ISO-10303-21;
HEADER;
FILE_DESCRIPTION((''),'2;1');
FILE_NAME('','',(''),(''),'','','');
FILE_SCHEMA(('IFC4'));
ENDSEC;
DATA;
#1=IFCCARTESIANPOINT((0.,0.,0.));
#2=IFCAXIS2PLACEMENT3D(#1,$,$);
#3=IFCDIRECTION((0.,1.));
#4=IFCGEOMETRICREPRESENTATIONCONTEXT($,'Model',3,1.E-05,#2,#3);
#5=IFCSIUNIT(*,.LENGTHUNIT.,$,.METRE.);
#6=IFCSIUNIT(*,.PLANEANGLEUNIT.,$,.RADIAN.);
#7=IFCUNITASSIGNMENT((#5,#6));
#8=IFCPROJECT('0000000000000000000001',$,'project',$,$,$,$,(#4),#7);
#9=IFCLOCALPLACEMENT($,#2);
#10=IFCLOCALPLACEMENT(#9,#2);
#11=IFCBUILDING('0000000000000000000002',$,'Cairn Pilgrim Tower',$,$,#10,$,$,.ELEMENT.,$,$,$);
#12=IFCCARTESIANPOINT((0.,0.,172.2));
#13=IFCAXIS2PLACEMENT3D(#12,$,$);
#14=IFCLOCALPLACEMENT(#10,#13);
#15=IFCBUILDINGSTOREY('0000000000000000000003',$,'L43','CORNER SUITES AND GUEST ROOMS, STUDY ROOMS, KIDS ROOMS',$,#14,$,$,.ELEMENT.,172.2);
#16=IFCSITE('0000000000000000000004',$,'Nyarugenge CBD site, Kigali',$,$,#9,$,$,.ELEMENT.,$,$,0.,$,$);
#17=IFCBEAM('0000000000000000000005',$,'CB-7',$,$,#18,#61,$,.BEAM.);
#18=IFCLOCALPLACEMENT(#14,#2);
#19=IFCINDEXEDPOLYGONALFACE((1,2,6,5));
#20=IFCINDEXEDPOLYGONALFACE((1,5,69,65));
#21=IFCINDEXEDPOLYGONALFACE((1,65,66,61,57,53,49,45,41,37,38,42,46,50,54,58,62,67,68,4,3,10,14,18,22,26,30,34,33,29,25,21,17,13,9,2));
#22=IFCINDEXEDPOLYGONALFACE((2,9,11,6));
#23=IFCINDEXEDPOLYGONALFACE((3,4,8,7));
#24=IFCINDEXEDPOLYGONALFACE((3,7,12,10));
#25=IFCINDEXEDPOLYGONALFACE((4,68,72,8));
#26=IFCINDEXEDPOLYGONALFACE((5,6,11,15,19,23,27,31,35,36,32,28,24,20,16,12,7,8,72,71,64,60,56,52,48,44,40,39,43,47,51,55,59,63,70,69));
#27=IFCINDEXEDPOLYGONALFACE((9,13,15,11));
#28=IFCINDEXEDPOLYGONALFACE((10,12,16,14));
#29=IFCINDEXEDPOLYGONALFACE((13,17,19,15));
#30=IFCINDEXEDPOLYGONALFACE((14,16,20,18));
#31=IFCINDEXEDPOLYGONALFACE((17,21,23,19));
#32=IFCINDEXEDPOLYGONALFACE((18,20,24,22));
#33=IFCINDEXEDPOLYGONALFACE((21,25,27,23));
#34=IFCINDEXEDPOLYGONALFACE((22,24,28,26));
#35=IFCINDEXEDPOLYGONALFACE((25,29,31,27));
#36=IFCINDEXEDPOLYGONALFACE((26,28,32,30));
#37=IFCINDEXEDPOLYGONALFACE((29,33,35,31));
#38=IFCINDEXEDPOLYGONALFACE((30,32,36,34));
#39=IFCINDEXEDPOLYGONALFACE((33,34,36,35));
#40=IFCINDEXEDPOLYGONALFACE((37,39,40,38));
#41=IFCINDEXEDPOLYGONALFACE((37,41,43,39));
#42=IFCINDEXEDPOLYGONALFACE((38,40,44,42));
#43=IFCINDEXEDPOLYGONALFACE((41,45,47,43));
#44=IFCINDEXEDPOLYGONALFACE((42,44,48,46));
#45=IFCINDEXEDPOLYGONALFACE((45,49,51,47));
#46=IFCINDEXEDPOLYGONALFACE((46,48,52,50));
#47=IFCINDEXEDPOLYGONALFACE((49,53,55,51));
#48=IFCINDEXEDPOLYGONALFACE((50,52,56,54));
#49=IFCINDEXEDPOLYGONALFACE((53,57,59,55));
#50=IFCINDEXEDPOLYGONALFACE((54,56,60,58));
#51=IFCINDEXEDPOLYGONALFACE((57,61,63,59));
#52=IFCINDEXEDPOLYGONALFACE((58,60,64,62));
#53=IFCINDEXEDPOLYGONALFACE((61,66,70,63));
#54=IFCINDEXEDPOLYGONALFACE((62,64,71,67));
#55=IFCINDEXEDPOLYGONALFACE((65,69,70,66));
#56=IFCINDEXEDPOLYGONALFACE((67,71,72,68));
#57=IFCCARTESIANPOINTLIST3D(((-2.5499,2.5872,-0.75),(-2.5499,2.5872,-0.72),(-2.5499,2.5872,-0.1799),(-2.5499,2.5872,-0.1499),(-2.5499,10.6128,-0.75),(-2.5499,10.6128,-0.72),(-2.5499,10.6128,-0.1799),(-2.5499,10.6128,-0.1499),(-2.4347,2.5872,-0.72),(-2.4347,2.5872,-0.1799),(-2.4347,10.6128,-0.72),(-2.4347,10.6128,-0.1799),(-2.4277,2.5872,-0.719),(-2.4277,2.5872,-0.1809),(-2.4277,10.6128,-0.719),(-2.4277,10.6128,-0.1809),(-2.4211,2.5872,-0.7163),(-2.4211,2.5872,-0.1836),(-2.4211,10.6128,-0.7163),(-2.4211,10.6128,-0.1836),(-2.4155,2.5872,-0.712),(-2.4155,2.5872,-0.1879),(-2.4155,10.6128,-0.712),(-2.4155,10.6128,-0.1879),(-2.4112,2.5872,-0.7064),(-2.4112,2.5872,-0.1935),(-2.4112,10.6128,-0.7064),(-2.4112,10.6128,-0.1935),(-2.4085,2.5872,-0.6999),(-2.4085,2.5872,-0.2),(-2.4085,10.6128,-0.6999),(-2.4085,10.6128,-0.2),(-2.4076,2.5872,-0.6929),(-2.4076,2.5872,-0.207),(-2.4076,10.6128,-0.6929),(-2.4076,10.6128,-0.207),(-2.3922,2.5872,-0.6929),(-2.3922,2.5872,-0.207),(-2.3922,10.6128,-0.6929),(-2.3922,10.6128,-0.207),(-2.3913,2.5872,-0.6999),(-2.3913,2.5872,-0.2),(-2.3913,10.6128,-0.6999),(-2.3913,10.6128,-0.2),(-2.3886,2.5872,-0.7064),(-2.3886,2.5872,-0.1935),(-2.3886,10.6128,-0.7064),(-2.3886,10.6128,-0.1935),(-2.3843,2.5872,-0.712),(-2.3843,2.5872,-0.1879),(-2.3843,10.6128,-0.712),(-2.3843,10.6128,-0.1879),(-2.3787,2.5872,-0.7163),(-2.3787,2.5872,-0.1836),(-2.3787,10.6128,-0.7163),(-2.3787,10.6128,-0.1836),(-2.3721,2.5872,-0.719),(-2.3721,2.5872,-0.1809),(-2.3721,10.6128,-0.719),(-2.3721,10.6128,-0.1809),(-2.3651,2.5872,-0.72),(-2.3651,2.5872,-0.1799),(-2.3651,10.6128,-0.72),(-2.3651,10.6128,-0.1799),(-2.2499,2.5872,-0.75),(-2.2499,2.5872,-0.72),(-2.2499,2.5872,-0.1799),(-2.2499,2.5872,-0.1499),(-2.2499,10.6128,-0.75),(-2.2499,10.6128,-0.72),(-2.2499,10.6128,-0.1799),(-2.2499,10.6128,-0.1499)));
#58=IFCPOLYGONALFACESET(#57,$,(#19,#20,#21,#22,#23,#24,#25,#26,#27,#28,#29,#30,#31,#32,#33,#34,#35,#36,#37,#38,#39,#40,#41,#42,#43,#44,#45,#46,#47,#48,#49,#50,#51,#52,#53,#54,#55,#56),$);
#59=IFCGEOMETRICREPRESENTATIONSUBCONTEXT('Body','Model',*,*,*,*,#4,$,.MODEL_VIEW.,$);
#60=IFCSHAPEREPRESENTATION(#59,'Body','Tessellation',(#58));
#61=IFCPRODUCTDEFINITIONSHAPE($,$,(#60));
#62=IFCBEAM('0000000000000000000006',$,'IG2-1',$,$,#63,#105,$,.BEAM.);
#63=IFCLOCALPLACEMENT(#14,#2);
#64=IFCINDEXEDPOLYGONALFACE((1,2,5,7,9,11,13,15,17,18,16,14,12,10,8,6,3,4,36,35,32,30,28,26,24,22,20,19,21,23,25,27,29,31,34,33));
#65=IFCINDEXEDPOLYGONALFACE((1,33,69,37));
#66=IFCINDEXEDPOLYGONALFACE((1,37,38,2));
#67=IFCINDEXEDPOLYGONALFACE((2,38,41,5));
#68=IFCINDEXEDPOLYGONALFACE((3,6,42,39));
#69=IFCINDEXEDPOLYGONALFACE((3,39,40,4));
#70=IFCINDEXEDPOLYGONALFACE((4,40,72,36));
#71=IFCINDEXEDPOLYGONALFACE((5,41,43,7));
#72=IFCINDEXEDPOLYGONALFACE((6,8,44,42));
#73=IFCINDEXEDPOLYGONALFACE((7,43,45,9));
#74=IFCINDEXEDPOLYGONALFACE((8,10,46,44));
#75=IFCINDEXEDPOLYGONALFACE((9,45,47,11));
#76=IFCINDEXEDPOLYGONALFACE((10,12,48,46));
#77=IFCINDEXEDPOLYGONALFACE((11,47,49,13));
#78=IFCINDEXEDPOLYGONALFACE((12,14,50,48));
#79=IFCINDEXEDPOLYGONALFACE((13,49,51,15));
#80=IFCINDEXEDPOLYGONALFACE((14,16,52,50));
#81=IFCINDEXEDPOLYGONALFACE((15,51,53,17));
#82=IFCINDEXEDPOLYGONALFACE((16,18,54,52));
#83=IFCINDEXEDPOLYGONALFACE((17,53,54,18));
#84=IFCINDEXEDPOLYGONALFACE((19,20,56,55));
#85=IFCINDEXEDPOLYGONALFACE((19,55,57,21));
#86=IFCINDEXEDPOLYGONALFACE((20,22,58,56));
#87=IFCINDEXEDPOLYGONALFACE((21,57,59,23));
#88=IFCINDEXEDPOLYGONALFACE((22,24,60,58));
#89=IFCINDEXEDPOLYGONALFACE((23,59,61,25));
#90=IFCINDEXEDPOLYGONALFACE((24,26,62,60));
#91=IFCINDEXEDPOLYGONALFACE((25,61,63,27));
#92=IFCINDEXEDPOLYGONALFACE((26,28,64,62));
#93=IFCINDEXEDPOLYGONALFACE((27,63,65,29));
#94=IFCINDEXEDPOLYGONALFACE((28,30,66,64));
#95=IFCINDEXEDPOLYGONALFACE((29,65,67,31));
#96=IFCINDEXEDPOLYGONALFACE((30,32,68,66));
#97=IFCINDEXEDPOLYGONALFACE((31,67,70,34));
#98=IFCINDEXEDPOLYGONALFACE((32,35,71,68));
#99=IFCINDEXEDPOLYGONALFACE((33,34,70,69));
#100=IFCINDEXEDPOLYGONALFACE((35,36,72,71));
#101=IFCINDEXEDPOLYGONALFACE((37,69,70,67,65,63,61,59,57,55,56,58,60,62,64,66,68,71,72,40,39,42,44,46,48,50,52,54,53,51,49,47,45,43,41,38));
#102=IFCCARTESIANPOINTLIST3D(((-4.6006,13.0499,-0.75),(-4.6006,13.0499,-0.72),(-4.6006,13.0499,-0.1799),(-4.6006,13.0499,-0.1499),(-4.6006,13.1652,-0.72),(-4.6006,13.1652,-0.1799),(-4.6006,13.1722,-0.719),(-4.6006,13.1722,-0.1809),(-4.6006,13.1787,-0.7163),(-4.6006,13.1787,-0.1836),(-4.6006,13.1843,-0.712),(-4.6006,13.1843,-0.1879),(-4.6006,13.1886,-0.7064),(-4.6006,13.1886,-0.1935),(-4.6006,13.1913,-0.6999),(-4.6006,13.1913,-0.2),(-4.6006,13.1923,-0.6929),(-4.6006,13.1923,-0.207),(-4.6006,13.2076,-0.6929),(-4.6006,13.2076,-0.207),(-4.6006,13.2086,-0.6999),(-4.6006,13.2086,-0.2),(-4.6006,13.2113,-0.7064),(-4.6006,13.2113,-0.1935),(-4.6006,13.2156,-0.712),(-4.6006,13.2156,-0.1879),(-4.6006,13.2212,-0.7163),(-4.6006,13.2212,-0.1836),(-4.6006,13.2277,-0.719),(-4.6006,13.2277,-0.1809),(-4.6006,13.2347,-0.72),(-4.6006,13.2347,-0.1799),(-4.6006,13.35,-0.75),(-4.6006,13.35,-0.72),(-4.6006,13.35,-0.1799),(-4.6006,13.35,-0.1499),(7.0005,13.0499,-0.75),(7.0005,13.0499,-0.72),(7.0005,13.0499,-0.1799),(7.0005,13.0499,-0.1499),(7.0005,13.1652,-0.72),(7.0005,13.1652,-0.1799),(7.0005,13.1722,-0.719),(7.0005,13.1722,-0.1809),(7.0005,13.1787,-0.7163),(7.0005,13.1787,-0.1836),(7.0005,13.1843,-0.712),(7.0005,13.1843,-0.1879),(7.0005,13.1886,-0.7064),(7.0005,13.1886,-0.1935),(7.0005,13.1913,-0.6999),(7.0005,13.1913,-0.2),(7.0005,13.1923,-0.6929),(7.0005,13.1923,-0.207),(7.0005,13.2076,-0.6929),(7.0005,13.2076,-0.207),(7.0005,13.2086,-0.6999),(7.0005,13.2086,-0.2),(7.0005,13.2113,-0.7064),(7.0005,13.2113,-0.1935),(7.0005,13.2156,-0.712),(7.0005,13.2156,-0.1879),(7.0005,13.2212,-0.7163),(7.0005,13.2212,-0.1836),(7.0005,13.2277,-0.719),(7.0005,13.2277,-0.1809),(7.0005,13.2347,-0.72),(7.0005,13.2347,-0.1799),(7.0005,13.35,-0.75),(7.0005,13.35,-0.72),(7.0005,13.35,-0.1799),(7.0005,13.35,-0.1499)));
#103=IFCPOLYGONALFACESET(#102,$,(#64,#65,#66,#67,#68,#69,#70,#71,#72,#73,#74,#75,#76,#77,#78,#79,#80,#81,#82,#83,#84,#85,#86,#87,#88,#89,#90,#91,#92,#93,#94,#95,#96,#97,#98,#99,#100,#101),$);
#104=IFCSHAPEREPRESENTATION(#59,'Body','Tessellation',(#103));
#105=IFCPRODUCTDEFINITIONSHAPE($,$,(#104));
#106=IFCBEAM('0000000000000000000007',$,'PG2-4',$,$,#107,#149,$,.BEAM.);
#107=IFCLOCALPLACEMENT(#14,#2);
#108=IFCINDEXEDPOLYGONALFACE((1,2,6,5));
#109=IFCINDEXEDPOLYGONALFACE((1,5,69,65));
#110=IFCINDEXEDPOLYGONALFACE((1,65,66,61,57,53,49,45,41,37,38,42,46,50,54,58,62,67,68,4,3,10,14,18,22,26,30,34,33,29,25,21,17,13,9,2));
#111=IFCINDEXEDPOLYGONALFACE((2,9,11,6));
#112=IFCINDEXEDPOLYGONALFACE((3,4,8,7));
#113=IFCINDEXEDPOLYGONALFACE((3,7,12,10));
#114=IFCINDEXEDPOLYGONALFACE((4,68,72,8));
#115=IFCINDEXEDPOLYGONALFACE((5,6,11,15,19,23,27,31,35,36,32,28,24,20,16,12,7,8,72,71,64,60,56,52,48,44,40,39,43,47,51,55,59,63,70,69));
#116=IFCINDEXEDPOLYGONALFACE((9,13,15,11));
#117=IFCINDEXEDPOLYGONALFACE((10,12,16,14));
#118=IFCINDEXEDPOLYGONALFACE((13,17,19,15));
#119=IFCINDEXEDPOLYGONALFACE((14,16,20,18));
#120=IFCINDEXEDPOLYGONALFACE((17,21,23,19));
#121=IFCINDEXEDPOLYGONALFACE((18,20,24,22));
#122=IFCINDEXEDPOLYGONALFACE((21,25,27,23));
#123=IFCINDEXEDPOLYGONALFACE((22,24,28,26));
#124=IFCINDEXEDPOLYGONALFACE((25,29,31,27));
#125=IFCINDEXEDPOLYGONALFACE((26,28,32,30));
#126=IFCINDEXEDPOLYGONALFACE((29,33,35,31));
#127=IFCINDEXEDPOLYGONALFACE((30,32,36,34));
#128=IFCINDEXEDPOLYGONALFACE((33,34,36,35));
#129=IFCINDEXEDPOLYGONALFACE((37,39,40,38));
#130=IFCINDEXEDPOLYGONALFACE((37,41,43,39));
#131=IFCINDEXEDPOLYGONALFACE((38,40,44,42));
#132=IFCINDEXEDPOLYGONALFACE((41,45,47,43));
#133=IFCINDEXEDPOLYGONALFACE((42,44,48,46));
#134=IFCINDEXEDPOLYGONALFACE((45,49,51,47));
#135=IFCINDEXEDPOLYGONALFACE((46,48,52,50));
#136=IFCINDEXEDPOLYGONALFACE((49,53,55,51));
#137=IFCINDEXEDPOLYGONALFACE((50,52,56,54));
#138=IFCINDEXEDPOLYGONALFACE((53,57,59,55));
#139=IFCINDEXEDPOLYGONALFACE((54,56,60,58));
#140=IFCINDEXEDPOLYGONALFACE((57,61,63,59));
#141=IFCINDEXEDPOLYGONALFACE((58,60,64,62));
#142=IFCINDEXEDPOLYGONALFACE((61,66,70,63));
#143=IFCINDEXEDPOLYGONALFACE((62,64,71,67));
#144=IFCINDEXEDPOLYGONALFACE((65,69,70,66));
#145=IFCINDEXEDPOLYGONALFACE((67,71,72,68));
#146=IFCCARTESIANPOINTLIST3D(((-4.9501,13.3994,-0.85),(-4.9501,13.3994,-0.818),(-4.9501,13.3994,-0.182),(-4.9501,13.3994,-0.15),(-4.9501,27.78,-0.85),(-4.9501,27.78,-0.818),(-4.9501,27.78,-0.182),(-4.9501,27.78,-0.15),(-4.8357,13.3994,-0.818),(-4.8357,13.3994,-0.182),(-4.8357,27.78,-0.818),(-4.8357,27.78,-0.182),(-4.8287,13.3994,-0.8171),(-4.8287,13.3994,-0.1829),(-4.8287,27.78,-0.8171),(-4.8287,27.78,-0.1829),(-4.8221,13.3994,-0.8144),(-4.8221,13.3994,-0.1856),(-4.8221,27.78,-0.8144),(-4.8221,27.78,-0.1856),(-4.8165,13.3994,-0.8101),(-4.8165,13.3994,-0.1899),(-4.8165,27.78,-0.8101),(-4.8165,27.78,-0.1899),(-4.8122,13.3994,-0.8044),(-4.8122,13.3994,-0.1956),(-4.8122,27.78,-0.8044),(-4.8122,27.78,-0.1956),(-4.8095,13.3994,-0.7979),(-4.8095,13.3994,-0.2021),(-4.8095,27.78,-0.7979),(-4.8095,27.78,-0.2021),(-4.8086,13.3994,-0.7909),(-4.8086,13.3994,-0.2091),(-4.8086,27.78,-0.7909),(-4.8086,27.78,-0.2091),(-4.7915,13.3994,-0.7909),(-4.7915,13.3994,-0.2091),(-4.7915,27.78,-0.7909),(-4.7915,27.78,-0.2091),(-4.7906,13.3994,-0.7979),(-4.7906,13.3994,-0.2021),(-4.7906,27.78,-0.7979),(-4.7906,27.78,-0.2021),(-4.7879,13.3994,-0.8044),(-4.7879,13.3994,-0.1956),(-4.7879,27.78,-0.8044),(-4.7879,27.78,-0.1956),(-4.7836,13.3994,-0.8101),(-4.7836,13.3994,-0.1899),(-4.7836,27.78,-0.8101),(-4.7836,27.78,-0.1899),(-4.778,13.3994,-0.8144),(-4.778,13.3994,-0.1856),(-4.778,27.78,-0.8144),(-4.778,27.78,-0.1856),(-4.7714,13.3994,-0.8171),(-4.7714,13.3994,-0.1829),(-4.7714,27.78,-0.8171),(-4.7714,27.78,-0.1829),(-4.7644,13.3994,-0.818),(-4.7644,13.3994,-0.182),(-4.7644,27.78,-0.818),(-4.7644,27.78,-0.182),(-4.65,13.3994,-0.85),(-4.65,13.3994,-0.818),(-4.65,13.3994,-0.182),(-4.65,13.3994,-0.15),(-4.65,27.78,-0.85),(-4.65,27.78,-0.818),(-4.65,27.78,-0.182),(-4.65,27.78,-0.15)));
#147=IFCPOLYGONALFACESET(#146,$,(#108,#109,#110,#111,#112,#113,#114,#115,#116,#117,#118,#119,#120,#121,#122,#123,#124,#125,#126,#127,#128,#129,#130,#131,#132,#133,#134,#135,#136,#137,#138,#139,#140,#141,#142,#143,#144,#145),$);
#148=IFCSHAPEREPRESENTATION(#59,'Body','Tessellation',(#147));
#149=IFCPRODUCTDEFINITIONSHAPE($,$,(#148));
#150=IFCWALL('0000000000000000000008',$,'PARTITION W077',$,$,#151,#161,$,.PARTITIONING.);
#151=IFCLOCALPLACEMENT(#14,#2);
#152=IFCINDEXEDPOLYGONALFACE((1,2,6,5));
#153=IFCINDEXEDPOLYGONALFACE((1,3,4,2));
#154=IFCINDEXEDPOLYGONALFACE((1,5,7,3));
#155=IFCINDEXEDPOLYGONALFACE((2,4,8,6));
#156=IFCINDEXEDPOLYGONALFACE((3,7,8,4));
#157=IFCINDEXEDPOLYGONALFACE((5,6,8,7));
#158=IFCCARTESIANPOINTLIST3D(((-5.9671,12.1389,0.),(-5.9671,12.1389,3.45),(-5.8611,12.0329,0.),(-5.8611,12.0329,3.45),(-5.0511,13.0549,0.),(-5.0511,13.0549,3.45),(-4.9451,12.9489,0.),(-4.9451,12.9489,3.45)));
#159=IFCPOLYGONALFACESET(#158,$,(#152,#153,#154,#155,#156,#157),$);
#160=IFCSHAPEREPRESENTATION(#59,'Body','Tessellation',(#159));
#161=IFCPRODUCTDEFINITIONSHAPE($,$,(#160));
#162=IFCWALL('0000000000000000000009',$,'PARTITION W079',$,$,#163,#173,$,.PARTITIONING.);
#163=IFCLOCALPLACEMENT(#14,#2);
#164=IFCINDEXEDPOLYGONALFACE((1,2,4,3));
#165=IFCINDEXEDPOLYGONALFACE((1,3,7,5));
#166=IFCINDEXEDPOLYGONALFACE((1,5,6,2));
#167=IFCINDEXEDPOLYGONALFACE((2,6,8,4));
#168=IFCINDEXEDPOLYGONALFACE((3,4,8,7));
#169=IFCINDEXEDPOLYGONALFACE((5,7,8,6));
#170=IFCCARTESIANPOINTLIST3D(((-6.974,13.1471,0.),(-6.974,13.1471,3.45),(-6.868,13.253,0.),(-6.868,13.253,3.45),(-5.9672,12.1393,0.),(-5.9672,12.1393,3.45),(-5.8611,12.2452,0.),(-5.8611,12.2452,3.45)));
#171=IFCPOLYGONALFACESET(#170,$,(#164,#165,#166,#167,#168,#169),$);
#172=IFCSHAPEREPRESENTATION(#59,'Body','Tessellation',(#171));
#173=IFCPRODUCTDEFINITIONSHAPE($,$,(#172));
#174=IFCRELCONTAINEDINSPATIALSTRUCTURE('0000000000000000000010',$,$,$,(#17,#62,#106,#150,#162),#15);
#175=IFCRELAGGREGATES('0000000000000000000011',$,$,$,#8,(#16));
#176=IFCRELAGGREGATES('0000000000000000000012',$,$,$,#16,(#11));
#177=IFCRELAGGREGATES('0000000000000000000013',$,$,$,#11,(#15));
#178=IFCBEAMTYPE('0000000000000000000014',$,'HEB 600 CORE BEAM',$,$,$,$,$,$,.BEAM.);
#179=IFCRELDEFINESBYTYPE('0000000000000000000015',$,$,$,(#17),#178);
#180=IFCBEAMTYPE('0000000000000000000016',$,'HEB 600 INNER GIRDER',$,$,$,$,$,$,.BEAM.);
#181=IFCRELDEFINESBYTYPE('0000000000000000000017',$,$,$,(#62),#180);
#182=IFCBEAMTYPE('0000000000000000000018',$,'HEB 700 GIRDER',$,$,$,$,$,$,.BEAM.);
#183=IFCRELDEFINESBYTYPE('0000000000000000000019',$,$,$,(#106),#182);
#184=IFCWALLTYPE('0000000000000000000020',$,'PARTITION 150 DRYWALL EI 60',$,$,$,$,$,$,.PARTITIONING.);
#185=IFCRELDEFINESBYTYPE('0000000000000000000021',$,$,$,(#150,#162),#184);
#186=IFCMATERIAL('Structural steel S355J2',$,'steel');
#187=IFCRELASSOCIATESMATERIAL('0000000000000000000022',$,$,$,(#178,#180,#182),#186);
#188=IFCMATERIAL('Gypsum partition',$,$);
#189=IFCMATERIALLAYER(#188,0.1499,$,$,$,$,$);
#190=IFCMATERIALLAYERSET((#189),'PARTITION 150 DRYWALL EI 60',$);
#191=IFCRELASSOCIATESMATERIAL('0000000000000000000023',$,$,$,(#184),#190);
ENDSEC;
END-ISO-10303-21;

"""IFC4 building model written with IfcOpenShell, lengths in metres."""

from ifc_helpers import new_model, si_unit, direction, frame, frame_2d, origin, origin_2d, place, context, subcontext, project, spatial, rectangle, i_section, extrude, material, layer, layer_set, material_profile, profile_set, type_object, element, save


model = new_model("IFC4")

# Units and contexts
model_context = context("Model", 3, precision=1e-05, world=origin(), true_north=direction((0.0, 1.0)))
body_context = subcontext(model_context, "Body", "Model", "MODEL_VIEW")
ifc_project = project(units=[si_unit("LENGTHUNIT", "METRE"), si_unit("PLANEANGLEUNIT", "RADIAN")], contexts=[model_context])

# Site, building, storey
site_placement = place(None, origin())
site = spatial("IfcSite", under=ifc_project, at=site_placement, Name="Nyarugenge CBD site, Kigali", CompositionType="ELEMENT", RefElevation=0.0)
building_placement = place(site_placement, origin())
building = spatial("IfcBuilding", under=site, at=building_placement, Name="Cairn Pilgrim Tower", CompositionType="ELEMENT")
storey_placement = place(building_placement, frame((0.0, 0.0, 172.2)))
storey = spatial("IfcBuildingStorey", under=building, at=storey_placement, Name="L43", Description="CORNER SUITES AND GUEST ROOMS, STUDY ROOMS, KIDS ROOMS", CompositionType="ELEMENT", Elevation=172.2)

# Shared definitions
ifc_material_1 = material(Name="Structural steel S355J2", Category="steel")

# Beams
ifc_material_profile_1 = material_profile(ifc_material_1, i_section(OverallWidth=0.3, OverallDepth=0.6001, WebThickness=0.0154, FlangeThickness=0.03, FilletRadius=0.0271, at=origin_2d()), Name="HEB 600")
ifc_profile_set_1 = profile_set([ifc_material_profile_1], Name="Structural steel S355J2")
beam_type_1 = type_object("IfcBeamType", Name="HEB 600 CORE BEAM", PredefinedType="BEAM", material=ifc_profile_set_1)
beam_1_placement = place(storey_placement, frame((-2.3999, 10.6128, -0.45), z_axis=(0.0, -1.0, 0.0), x_axis=(1.0, 0.0, 0.0)))
element("IfcBeam", 1, at=beam_1_placement, inside=storey, type_object=beam_type_1, Name="CB-7", PredefinedType="BEAM", context=body_context, shape_type="SweptSolid", body=[
    extrude(i_section(OverallWidth=0.3, OverallDepth=0.6001, WebThickness=0.0154, FlangeThickness=0.03, FilletRadius=0.0271, at=origin_2d()), origin(), (0.0, 0.0, 1.0), 8.0256),
])
ifc_material_profile_2 = material_profile(ifc_material_1, i_section(OverallWidth=0.3, OverallDepth=0.6001, WebThickness=0.0154, FlangeThickness=0.03, FilletRadius=0.0271, at=origin_2d()), Name="HEB 600")
ifc_profile_set_2 = profile_set([ifc_material_profile_2], Name="Structural steel S355J2")
beam_type_2 = type_object("IfcBeamType", Name="HEB 600 INNER GIRDER", PredefinedType="BEAM", material=ifc_profile_set_2)
beam_2_placement = place(storey_placement, frame((-4.6006, 13.2, -0.45), z_axis=(1.0, 0.0, 0.0), x_axis=(0.0, 1.0, 0.0)))
element("IfcBeam", 2, at=beam_2_placement, inside=storey, type_object=beam_type_2, Name="IG2-1", PredefinedType="BEAM", context=body_context, shape_type="SweptSolid", body=[
    extrude(i_section(OverallWidth=0.3, OverallDepth=0.6001, WebThickness=0.0154, FlangeThickness=0.03, FilletRadius=0.0271, at=origin_2d()), origin(), (0.0, 0.0, 1.0), 11.6011),
])
ifc_material_profile_3 = material_profile(ifc_material_1, i_section(OverallWidth=0.3, OverallDepth=0.7, WebThickness=0.0171, FlangeThickness=0.032, FilletRadius=0.0271, at=origin_2d()), Name="HEB 700")
ifc_profile_set_3 = profile_set([ifc_material_profile_3], Name="Structural steel S355J2")
beam_type_3 = type_object("IfcBeamType", Name="HEB 700 GIRDER", PredefinedType="BEAM", material=ifc_profile_set_3)
beam_3_placement = place(storey_placement, frame((-4.8, 13.3994, -0.5), z_axis=(0.0, 1.0, 0.0), x_axis=(-1.0, 0.0, 0.0)))
element("IfcBeam", 3, at=beam_3_placement, inside=storey, type_object=beam_type_3, Name="PG2-4", PredefinedType="BEAM", context=body_context, shape_type="SweptSolid", body=[
    extrude(i_section(OverallWidth=0.3, OverallDepth=0.7, WebThickness=0.0171, FlangeThickness=0.032, FilletRadius=0.0271, at=origin_2d()), origin(), (0.0, 0.0, 1.0), 14.3806),
])

# Walls
ifc_material_2 = material(Name="Gypsum partition")
ifc_layer_1 = layer(ifc_material_2, 0.1499)
ifc_layer_set_1 = layer_set([ifc_layer_1], Name="PARTITION 150 DRYWALL EI 60")
wall_type_1 = type_object("IfcWallType", Name="PARTITION 150 DRYWALL EI 60", PredefinedType="PARTITIONING", material=ifc_layer_set_1)
wall_1_placement = place(storey_placement, frame((-5.9141, 12.0859, 0.0), z_axis=(0.0, 0.0, 1.0), x_axis=(0.707107, 0.707107, 0.0)))
element("IfcWall", 4, at=wall_1_placement, inside=storey, type_object=wall_type_1, Name="PARTITION W077", PredefinedType="PARTITIONING", context=body_context, shape_type="SweptSolid", body=[
    extrude(rectangle(XDim=1.2954, YDim=0.1499, at=frame_2d((0.6477, 0.0))), origin(), (0.0, 0.0, 1.0), 3.45),
])
wall_2_placement = place(storey_placement, frame((-5.9141, 12.1921, 0.0), z_axis=(0.0, 0.0, 1.0), x_axis=(-0.706764, 0.707449, 0.0)))
element("IfcWall", 5, at=wall_2_placement, inside=storey, type_object=wall_type_1, Name="PARTITION W079", PredefinedType="PARTITIONING", context=body_context, shape_type="SweptSolid", body=[
    extrude(rectangle(XDim=1.4246, YDim=0.1499, at=frame_2d((0.7124, 0.0))), origin(), (0.0, 0.0, 1.0), 3.45),
])

save(model, "model.ifc")
